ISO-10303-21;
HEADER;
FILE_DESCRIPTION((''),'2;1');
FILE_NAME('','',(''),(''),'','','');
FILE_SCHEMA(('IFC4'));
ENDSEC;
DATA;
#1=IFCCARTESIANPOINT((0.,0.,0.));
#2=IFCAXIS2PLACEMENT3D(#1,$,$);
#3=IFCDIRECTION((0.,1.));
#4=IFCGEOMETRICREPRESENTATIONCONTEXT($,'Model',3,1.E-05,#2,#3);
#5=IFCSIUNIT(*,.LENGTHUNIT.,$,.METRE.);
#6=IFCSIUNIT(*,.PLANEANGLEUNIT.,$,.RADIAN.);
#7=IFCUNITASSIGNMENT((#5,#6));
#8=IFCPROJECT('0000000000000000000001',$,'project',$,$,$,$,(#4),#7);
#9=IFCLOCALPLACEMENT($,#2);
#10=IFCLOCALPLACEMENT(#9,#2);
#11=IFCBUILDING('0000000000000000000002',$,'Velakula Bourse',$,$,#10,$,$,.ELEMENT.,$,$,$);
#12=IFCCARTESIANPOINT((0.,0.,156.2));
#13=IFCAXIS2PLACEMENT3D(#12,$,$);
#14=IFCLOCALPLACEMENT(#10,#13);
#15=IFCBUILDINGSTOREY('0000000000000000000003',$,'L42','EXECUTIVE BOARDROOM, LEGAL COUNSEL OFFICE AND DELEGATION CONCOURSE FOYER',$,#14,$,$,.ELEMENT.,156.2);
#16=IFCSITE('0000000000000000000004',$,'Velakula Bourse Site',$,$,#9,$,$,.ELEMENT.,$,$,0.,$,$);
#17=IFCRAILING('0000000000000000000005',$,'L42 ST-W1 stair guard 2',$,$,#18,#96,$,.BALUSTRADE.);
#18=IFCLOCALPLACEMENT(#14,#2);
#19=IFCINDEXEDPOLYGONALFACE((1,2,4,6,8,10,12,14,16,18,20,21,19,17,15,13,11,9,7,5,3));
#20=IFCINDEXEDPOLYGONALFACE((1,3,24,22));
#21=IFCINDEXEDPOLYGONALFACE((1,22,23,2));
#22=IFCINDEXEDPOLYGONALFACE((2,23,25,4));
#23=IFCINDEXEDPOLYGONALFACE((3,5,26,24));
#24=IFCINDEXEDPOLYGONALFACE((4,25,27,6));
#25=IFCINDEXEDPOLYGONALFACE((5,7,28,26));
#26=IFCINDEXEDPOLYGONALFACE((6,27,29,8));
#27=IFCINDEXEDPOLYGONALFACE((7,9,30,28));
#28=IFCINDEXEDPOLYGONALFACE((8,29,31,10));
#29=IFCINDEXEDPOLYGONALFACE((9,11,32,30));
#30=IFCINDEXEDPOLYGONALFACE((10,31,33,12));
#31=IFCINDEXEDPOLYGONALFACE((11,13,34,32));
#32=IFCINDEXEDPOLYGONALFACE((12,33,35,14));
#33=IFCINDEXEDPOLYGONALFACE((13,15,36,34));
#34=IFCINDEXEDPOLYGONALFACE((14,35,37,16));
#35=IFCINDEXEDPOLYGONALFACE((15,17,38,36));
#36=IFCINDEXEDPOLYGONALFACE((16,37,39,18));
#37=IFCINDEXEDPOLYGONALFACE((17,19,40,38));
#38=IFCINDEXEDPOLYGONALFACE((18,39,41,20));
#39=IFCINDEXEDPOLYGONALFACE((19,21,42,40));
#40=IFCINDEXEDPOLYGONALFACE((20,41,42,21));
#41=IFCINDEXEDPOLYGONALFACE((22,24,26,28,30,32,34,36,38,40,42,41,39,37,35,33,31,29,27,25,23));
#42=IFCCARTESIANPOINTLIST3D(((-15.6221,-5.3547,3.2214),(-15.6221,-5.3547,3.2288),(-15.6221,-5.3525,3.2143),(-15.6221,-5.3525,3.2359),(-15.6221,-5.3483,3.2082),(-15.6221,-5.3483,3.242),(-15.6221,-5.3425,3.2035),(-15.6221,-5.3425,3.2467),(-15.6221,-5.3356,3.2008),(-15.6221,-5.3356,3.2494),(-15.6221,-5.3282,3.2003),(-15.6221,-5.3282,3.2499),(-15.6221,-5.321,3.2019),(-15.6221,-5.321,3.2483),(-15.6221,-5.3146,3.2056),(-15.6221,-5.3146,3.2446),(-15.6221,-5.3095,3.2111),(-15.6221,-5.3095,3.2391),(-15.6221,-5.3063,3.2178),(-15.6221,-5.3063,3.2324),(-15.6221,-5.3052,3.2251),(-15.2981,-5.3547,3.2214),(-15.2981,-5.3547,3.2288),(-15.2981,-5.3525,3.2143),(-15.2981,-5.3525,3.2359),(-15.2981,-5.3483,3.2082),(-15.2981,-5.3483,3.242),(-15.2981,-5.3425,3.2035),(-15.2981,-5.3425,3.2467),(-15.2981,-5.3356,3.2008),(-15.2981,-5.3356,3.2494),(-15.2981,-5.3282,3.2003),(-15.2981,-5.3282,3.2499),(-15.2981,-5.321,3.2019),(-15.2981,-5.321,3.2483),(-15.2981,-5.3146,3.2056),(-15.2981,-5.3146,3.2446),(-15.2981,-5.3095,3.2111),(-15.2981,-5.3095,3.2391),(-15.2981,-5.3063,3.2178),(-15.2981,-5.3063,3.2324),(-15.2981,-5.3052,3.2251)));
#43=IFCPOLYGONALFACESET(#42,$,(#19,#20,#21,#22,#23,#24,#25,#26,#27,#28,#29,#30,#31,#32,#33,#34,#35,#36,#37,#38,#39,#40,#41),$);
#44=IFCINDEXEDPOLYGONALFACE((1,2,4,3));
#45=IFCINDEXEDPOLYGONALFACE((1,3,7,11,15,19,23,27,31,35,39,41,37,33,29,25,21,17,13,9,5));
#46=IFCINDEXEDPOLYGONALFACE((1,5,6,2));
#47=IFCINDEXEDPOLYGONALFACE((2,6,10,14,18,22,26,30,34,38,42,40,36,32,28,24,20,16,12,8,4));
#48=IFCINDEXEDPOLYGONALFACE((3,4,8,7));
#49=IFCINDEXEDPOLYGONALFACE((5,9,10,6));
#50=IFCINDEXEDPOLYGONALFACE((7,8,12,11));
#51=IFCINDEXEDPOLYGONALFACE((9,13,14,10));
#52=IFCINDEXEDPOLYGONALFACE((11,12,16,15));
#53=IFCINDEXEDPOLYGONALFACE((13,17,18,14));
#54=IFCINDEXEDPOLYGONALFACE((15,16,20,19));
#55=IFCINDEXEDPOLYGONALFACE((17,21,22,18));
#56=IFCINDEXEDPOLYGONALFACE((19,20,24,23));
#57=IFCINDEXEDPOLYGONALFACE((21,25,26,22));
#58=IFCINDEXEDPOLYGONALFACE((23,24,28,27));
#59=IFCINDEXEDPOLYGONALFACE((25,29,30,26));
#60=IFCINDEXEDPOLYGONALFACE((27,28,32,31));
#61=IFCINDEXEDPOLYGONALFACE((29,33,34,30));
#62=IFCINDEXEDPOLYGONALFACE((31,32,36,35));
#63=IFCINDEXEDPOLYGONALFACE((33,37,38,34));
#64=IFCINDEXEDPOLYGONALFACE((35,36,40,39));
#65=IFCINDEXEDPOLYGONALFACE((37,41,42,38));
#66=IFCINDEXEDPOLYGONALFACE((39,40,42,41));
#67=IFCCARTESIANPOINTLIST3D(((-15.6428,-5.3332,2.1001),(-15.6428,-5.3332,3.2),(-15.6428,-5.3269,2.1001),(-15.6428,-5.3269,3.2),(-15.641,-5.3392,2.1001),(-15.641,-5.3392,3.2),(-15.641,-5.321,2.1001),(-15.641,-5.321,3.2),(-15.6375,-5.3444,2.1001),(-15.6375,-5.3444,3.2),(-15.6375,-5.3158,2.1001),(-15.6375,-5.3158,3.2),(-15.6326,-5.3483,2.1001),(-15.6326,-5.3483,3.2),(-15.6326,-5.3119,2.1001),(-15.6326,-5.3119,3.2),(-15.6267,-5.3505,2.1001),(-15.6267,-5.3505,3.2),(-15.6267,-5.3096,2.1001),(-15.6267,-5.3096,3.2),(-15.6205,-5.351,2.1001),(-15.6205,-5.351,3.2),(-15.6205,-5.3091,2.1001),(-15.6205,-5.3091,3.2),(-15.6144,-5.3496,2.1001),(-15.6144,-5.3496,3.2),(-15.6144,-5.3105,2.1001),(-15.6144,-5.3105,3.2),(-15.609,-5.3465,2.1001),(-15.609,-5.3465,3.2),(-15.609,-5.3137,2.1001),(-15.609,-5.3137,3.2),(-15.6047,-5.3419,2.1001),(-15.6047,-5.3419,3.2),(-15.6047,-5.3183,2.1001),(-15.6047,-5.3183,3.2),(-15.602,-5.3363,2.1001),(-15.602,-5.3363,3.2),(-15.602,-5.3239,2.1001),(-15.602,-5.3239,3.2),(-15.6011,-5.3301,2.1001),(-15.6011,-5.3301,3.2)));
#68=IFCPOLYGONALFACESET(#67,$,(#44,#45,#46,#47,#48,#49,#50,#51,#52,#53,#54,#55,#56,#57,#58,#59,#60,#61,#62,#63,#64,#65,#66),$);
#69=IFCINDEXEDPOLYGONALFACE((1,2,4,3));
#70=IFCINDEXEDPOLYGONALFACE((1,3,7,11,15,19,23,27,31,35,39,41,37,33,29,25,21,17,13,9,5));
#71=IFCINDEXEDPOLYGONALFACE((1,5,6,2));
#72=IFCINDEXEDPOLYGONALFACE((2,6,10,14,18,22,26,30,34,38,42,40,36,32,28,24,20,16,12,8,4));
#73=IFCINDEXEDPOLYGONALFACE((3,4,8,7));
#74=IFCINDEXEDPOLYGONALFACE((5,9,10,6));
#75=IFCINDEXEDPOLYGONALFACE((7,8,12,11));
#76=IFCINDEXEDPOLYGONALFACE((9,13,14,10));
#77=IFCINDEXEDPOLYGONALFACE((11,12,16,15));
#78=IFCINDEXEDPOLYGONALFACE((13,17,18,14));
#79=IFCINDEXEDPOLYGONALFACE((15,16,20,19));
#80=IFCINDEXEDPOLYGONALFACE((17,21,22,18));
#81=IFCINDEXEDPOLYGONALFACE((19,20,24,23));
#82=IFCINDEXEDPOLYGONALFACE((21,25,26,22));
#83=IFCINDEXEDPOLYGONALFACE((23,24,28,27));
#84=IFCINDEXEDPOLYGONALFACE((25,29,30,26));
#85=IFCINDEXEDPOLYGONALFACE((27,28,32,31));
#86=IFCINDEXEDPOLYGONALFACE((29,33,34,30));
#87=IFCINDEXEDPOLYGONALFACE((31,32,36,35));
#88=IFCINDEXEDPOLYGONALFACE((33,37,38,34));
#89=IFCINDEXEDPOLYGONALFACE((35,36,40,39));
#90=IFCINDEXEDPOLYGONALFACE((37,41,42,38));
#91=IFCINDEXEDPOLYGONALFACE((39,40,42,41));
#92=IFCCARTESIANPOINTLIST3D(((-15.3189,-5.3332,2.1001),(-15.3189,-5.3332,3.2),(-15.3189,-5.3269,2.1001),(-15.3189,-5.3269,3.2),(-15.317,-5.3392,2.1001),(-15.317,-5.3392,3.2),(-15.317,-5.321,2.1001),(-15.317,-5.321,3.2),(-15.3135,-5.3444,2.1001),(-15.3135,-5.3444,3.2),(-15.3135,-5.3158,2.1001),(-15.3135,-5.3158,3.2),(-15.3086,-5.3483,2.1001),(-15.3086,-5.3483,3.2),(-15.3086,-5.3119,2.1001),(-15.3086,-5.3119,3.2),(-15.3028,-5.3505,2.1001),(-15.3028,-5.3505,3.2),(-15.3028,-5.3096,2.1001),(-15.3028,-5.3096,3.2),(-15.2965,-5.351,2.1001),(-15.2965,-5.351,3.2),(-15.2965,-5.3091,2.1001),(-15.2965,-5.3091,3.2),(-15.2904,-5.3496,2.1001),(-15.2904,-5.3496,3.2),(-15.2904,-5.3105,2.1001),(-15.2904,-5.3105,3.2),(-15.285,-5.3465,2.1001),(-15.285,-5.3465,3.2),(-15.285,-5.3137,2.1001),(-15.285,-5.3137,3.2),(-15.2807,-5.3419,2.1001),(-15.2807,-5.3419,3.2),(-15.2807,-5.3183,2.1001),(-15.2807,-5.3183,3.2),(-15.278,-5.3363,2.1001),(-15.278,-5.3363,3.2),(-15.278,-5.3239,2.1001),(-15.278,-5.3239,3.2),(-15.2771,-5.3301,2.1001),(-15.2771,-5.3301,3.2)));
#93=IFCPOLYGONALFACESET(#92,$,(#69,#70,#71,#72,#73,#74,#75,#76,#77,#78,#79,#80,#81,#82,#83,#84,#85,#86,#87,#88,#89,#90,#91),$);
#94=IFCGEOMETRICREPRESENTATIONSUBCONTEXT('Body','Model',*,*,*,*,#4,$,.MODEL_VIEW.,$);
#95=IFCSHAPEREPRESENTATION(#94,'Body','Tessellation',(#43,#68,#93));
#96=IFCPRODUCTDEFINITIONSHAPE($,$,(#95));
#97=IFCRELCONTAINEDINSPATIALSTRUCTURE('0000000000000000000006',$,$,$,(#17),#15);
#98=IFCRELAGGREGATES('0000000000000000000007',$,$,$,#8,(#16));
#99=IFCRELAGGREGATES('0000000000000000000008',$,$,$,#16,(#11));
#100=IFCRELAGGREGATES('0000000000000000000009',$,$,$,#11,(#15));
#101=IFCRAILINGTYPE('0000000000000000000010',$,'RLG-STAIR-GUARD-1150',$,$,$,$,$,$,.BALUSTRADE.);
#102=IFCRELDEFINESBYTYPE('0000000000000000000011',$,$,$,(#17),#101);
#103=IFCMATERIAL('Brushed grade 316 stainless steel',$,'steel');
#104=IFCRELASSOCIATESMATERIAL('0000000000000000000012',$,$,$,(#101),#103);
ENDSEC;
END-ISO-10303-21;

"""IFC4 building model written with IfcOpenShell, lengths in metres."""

from ifc_helpers import new_model, si_unit, direction, frame, origin, origin_2d, place, context, subcontext, project, spatial, circle, extrude, material, type_object, element, save


model = new_model("IFC4")

# Units and contexts
model_context = context("Model", 3, precision=1e-05, world=origin(), true_north=direction((0.0, 1.0)))
body_context = subcontext(model_context, "Body", "Model", "MODEL_VIEW")
ifc_project = project(units=[si_unit("LENGTHUNIT", "METRE"), si_unit("PLANEANGLEUNIT", "RADIAN")], contexts=[model_context])

# Site, building, storey
site_placement = place(None, origin())
site = spatial("IfcSite", under=ifc_project, at=site_placement, Name="Velakula Bourse Site", CompositionType="ELEMENT", RefElevation=0.0)
building_placement = place(site_placement, origin())
building = spatial("IfcBuilding", under=site, at=building_placement, Name="Velakula Bourse", CompositionType="ELEMENT")
storey_placement = place(building_placement, frame((0.0, 0.0, 156.2)))
storey = spatial("IfcBuildingStorey", under=building, at=storey_placement, Name="L42", Description="EXECUTIVE BOARDROOM, LEGAL COUNSEL OFFICE AND DELEGATION CONCOURSE FOYER", CompositionType="ELEMENT", Elevation=156.2)

# Shared definitions
ifc_material_1 = material(Name="Brushed grade 316 stainless steel", Category="steel")

# Railing
railing_type_1 = type_object("IfcRailingType", Name="RLG-STAIR-GUARD-1150", PredefinedType="BALUSTRADE", material=ifc_material_1)
railing_1_placement = place(storey_placement, frame((-15.6221, -5.3301, 2.1001)))
element("IfcRailing", 1, at=railing_1_placement, inside=storey, type_object=railing_type_1, Name="L42 ST-W1 stair guard 2", PredefinedType="BALUSTRADE", context=body_context, shape_type="SweptSolid", body=[
    extrude(circle(Radius=0.0249, at=origin_2d()), frame((0.0, 0.0, 1.125), z_axis=(1.0, 0.0, 0.0), x_axis=(0.0, 1.0, 0.0)), (0.0, 0.0, 1.0), 0.324),
    extrude(circle(Radius=0.021, at=origin_2d()), origin(), (0.0, 0.0, 1.0), 1.0999),
    extrude(circle(Radius=0.021, at=origin_2d()), frame((0.324, 0.0, 0.0)), (0.0, 0.0, 1.0), 1.0999),
])

save(model, "model.ifc")
